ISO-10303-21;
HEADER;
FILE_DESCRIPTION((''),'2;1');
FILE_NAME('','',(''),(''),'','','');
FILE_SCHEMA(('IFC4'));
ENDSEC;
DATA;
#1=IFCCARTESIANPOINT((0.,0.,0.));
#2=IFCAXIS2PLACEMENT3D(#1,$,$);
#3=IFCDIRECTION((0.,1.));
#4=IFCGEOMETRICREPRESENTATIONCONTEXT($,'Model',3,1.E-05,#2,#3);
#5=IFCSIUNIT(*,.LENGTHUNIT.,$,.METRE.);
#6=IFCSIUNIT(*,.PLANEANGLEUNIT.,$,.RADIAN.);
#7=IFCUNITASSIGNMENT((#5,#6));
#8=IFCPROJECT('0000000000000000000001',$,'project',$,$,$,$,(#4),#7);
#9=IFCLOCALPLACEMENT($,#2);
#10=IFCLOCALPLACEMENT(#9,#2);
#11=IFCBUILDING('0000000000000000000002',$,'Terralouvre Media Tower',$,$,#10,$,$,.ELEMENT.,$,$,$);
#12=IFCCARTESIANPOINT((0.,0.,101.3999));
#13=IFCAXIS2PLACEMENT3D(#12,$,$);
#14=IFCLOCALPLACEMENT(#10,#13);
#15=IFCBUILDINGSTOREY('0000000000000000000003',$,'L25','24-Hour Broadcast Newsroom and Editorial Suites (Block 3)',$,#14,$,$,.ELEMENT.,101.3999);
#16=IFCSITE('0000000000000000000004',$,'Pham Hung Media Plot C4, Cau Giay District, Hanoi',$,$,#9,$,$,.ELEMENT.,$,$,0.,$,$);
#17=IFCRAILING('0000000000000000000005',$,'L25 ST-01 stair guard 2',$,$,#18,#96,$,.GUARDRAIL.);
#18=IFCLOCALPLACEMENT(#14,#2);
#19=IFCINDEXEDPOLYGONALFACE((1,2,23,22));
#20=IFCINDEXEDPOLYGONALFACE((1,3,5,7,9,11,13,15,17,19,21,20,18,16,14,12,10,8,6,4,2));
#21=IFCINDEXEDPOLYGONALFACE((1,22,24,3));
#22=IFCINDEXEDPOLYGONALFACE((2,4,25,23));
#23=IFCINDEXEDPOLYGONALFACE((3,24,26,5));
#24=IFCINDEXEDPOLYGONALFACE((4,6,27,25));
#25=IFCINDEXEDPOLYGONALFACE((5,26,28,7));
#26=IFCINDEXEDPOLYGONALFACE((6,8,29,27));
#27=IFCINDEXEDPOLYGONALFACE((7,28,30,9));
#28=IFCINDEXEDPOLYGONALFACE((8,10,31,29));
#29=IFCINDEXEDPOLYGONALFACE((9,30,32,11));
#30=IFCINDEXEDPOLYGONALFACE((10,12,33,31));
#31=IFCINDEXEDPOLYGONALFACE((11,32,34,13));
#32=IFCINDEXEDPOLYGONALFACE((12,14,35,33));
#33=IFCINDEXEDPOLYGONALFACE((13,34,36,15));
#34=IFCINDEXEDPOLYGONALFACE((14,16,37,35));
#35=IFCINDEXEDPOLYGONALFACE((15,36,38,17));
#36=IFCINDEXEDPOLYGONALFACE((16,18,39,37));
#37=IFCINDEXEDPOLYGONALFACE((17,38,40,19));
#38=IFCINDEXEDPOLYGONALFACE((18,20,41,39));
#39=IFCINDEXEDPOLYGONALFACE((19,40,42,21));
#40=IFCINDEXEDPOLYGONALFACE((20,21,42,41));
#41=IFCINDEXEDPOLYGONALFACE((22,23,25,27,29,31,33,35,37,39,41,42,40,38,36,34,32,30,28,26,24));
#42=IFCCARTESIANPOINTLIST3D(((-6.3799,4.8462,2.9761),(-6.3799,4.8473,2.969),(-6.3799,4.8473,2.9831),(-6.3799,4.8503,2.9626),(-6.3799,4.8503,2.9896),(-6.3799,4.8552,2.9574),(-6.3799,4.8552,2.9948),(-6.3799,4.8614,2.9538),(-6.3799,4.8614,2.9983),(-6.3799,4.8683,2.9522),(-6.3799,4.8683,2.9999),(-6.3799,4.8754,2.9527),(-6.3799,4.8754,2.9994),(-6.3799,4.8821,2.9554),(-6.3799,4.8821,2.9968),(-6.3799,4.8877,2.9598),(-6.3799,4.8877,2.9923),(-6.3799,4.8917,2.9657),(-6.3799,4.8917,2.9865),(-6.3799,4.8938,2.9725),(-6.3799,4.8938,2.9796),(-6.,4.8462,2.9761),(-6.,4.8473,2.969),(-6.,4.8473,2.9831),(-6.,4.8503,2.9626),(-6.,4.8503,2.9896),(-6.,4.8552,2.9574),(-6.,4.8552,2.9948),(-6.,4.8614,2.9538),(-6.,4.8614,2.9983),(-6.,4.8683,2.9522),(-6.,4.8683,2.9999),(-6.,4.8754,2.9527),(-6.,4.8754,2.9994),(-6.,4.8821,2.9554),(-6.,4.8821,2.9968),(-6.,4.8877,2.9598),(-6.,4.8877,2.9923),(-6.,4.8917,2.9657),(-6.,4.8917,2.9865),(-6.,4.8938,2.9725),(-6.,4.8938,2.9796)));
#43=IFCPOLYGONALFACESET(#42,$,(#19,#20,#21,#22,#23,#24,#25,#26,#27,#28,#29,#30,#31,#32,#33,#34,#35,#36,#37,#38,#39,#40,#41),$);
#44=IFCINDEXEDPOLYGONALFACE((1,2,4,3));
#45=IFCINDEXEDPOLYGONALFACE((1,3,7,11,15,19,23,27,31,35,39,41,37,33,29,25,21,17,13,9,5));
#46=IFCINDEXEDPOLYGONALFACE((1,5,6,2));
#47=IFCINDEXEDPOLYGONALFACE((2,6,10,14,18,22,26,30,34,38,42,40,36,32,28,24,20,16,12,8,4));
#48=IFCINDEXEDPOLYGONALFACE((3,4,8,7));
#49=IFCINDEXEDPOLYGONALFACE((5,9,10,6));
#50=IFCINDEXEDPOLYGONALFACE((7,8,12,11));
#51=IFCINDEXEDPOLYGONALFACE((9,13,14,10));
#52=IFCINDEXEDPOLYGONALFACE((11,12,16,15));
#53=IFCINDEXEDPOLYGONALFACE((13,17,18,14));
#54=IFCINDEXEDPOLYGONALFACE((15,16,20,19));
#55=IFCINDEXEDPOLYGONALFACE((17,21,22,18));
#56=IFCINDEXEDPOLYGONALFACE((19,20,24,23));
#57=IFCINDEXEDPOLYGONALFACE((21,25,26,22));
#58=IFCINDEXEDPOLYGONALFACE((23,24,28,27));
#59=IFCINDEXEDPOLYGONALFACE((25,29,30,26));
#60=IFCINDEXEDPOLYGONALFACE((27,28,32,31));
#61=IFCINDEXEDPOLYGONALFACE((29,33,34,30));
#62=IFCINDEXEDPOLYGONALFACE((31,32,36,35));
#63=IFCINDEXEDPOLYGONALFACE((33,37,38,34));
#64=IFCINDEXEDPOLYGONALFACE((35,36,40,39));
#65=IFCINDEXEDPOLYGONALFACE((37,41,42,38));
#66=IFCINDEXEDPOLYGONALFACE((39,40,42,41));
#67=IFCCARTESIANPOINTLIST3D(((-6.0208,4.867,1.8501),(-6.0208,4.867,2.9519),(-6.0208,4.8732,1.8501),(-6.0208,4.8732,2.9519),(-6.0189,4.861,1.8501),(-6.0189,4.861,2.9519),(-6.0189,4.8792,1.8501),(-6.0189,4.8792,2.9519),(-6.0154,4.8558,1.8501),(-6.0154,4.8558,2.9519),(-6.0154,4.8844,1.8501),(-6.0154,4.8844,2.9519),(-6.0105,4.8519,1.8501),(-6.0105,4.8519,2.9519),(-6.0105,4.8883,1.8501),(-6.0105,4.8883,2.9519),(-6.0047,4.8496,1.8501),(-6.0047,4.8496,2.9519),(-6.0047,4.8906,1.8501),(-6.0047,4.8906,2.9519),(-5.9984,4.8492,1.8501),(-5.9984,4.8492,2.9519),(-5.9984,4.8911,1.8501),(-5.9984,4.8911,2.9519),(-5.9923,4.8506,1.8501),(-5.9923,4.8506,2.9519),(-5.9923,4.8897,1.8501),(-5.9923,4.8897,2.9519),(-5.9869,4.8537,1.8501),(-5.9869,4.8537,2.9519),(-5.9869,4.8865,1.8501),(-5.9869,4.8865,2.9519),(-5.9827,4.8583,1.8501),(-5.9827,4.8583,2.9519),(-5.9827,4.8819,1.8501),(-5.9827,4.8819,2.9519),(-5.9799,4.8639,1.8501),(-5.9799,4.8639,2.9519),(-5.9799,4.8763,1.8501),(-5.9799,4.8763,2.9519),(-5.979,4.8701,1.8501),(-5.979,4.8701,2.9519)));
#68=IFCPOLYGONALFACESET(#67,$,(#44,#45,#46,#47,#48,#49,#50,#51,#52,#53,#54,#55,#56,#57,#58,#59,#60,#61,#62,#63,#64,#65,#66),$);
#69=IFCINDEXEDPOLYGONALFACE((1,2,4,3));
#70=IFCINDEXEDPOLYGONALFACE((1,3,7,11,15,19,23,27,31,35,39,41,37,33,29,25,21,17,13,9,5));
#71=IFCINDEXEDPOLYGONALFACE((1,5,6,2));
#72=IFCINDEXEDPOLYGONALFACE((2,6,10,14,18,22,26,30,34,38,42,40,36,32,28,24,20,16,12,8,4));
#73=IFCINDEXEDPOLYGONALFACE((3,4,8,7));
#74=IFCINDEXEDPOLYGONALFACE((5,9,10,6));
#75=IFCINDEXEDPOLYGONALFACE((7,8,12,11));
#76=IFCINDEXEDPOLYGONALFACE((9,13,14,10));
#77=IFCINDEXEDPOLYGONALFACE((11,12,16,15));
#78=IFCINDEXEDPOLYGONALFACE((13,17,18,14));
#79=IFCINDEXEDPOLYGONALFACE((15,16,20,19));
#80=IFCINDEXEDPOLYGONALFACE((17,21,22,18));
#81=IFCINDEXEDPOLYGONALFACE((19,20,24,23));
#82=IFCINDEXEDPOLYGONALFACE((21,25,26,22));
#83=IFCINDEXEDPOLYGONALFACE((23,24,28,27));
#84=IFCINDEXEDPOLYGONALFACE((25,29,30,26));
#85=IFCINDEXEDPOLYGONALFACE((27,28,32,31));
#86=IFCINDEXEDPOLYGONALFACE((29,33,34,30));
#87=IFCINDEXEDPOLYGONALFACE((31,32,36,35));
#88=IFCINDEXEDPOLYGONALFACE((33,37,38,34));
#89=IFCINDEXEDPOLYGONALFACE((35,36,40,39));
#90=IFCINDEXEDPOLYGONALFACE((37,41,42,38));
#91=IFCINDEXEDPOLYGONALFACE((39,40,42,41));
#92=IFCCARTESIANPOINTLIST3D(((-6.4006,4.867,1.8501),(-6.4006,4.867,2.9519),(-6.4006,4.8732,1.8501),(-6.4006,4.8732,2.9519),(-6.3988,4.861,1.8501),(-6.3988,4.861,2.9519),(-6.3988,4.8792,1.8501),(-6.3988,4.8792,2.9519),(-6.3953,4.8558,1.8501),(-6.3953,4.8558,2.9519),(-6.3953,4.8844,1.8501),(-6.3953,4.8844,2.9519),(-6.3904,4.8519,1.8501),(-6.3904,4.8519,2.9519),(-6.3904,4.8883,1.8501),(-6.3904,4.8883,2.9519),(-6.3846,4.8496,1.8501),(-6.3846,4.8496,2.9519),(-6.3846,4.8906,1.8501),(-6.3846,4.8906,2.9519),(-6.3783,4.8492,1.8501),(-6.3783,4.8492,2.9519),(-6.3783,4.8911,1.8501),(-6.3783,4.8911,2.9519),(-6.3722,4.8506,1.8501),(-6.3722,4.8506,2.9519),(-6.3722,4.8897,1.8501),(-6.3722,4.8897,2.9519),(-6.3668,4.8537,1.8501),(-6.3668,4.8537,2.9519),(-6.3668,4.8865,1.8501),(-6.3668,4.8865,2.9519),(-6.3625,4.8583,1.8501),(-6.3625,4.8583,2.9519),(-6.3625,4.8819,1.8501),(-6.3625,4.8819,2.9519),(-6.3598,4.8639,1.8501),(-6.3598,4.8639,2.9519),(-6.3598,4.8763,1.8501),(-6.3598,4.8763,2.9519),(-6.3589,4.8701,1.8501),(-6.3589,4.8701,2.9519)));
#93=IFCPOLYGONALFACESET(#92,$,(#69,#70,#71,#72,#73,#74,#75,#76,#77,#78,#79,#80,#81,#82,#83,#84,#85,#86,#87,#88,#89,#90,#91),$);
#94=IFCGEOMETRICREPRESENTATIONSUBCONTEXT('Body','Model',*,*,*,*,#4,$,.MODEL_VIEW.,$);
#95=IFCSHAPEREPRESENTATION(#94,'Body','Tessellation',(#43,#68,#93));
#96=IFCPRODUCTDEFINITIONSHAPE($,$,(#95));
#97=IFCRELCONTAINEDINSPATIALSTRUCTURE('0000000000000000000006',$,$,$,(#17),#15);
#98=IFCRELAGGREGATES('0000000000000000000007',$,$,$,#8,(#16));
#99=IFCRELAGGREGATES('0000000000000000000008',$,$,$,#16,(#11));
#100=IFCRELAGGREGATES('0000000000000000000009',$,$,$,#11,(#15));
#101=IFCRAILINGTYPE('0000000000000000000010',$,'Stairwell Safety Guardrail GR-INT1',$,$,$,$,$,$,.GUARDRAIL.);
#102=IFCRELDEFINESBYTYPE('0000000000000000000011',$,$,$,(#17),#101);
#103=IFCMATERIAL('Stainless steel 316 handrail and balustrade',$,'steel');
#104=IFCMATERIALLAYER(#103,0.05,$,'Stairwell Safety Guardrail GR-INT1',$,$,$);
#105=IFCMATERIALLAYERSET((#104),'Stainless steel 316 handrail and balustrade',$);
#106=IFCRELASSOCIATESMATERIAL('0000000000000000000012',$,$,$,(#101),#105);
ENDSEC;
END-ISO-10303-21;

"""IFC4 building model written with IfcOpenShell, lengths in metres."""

from ifc_helpers import new_model, si_unit, direction, frame, origin, origin_2d, place, context, subcontext, project, spatial, circle, extrude, material, layer, layer_set, type_object, element, save


model = new_model("IFC4")

# Units and contexts
model_context = context("Model", 3, precision=1e-05, world=origin(), true_north=direction((0.0, 1.0)))
body_context = subcontext(model_context, "Body", "Model", "MODEL_VIEW")
ifc_project = project(units=[si_unit("LENGTHUNIT", "METRE"), si_unit("PLANEANGLEUNIT", "RADIAN")], contexts=[model_context])

# Site, building, storey
site_placement = place(None, origin())
site = spatial("IfcSite", under=ifc_project, at=site_placement, Name="Pham Hung Media Plot C4, Cau Giay District, Hanoi", CompositionType="ELEMENT", RefElevation=0.0)
building_placement = place(site_placement, origin())
building = spatial("IfcBuilding", under=site, at=building_placement, Name="Terralouvre Media Tower", CompositionType="ELEMENT")
storey_placement = place(building_placement, frame((0.0, 0.0, 101.3999)))
storey = spatial("IfcBuildingStorey", under=building, at=storey_placement, Name="L25", Description="24-Hour Broadcast Newsroom and Editorial Suites (Block 3)", CompositionType="ELEMENT", Elevation=101.3999)

# Railing
ifc_material_1 = material(Name="Stainless steel 316 handrail and balustrade", Category="steel")
ifc_layer_1 = layer(ifc_material_1, 0.05, Name="Stairwell Safety Guardrail GR-INT1")
ifc_layer_set_1 = layer_set([ifc_layer_1], Name="Stainless steel 316 handrail and balustrade")
railing_type_1 = type_object("IfcRailingType", Name="Stairwell Safety Guardrail GR-INT1", PredefinedType="GUARDRAIL", material=ifc_layer_set_1)
railing_1_placement = place(storey_placement, frame((-6.0, 4.8701, 1.8501)))
element("IfcRailing", 1, at=railing_1_placement, inside=storey, type_object=railing_type_1, Name="L25 ST-01 stair guard 2", PredefinedType="GUARDRAIL", context=body_context, shape_type="SweptSolid", body=[
    extrude(circle(Radius=0.0239, at=origin_2d()), frame((0.0, 0.0, 1.126), z_axis=(-1.0, 0.0, 0.0), x_axis=(0.0, -1.0, 0.0)), (0.0, 0.0, 1.0), 0.3799),
    extrude(circle(Radius=0.021, at=origin_2d()), origin(), (0.0, 0.0, 1.0), 1.1018),
    extrude(circle(Radius=0.021, at=origin_2d()), frame((-0.3799, 0.0, 0.0)), (0.0, 0.0, 1.0), 1.1018),
])

save(model, "model.ifc")
